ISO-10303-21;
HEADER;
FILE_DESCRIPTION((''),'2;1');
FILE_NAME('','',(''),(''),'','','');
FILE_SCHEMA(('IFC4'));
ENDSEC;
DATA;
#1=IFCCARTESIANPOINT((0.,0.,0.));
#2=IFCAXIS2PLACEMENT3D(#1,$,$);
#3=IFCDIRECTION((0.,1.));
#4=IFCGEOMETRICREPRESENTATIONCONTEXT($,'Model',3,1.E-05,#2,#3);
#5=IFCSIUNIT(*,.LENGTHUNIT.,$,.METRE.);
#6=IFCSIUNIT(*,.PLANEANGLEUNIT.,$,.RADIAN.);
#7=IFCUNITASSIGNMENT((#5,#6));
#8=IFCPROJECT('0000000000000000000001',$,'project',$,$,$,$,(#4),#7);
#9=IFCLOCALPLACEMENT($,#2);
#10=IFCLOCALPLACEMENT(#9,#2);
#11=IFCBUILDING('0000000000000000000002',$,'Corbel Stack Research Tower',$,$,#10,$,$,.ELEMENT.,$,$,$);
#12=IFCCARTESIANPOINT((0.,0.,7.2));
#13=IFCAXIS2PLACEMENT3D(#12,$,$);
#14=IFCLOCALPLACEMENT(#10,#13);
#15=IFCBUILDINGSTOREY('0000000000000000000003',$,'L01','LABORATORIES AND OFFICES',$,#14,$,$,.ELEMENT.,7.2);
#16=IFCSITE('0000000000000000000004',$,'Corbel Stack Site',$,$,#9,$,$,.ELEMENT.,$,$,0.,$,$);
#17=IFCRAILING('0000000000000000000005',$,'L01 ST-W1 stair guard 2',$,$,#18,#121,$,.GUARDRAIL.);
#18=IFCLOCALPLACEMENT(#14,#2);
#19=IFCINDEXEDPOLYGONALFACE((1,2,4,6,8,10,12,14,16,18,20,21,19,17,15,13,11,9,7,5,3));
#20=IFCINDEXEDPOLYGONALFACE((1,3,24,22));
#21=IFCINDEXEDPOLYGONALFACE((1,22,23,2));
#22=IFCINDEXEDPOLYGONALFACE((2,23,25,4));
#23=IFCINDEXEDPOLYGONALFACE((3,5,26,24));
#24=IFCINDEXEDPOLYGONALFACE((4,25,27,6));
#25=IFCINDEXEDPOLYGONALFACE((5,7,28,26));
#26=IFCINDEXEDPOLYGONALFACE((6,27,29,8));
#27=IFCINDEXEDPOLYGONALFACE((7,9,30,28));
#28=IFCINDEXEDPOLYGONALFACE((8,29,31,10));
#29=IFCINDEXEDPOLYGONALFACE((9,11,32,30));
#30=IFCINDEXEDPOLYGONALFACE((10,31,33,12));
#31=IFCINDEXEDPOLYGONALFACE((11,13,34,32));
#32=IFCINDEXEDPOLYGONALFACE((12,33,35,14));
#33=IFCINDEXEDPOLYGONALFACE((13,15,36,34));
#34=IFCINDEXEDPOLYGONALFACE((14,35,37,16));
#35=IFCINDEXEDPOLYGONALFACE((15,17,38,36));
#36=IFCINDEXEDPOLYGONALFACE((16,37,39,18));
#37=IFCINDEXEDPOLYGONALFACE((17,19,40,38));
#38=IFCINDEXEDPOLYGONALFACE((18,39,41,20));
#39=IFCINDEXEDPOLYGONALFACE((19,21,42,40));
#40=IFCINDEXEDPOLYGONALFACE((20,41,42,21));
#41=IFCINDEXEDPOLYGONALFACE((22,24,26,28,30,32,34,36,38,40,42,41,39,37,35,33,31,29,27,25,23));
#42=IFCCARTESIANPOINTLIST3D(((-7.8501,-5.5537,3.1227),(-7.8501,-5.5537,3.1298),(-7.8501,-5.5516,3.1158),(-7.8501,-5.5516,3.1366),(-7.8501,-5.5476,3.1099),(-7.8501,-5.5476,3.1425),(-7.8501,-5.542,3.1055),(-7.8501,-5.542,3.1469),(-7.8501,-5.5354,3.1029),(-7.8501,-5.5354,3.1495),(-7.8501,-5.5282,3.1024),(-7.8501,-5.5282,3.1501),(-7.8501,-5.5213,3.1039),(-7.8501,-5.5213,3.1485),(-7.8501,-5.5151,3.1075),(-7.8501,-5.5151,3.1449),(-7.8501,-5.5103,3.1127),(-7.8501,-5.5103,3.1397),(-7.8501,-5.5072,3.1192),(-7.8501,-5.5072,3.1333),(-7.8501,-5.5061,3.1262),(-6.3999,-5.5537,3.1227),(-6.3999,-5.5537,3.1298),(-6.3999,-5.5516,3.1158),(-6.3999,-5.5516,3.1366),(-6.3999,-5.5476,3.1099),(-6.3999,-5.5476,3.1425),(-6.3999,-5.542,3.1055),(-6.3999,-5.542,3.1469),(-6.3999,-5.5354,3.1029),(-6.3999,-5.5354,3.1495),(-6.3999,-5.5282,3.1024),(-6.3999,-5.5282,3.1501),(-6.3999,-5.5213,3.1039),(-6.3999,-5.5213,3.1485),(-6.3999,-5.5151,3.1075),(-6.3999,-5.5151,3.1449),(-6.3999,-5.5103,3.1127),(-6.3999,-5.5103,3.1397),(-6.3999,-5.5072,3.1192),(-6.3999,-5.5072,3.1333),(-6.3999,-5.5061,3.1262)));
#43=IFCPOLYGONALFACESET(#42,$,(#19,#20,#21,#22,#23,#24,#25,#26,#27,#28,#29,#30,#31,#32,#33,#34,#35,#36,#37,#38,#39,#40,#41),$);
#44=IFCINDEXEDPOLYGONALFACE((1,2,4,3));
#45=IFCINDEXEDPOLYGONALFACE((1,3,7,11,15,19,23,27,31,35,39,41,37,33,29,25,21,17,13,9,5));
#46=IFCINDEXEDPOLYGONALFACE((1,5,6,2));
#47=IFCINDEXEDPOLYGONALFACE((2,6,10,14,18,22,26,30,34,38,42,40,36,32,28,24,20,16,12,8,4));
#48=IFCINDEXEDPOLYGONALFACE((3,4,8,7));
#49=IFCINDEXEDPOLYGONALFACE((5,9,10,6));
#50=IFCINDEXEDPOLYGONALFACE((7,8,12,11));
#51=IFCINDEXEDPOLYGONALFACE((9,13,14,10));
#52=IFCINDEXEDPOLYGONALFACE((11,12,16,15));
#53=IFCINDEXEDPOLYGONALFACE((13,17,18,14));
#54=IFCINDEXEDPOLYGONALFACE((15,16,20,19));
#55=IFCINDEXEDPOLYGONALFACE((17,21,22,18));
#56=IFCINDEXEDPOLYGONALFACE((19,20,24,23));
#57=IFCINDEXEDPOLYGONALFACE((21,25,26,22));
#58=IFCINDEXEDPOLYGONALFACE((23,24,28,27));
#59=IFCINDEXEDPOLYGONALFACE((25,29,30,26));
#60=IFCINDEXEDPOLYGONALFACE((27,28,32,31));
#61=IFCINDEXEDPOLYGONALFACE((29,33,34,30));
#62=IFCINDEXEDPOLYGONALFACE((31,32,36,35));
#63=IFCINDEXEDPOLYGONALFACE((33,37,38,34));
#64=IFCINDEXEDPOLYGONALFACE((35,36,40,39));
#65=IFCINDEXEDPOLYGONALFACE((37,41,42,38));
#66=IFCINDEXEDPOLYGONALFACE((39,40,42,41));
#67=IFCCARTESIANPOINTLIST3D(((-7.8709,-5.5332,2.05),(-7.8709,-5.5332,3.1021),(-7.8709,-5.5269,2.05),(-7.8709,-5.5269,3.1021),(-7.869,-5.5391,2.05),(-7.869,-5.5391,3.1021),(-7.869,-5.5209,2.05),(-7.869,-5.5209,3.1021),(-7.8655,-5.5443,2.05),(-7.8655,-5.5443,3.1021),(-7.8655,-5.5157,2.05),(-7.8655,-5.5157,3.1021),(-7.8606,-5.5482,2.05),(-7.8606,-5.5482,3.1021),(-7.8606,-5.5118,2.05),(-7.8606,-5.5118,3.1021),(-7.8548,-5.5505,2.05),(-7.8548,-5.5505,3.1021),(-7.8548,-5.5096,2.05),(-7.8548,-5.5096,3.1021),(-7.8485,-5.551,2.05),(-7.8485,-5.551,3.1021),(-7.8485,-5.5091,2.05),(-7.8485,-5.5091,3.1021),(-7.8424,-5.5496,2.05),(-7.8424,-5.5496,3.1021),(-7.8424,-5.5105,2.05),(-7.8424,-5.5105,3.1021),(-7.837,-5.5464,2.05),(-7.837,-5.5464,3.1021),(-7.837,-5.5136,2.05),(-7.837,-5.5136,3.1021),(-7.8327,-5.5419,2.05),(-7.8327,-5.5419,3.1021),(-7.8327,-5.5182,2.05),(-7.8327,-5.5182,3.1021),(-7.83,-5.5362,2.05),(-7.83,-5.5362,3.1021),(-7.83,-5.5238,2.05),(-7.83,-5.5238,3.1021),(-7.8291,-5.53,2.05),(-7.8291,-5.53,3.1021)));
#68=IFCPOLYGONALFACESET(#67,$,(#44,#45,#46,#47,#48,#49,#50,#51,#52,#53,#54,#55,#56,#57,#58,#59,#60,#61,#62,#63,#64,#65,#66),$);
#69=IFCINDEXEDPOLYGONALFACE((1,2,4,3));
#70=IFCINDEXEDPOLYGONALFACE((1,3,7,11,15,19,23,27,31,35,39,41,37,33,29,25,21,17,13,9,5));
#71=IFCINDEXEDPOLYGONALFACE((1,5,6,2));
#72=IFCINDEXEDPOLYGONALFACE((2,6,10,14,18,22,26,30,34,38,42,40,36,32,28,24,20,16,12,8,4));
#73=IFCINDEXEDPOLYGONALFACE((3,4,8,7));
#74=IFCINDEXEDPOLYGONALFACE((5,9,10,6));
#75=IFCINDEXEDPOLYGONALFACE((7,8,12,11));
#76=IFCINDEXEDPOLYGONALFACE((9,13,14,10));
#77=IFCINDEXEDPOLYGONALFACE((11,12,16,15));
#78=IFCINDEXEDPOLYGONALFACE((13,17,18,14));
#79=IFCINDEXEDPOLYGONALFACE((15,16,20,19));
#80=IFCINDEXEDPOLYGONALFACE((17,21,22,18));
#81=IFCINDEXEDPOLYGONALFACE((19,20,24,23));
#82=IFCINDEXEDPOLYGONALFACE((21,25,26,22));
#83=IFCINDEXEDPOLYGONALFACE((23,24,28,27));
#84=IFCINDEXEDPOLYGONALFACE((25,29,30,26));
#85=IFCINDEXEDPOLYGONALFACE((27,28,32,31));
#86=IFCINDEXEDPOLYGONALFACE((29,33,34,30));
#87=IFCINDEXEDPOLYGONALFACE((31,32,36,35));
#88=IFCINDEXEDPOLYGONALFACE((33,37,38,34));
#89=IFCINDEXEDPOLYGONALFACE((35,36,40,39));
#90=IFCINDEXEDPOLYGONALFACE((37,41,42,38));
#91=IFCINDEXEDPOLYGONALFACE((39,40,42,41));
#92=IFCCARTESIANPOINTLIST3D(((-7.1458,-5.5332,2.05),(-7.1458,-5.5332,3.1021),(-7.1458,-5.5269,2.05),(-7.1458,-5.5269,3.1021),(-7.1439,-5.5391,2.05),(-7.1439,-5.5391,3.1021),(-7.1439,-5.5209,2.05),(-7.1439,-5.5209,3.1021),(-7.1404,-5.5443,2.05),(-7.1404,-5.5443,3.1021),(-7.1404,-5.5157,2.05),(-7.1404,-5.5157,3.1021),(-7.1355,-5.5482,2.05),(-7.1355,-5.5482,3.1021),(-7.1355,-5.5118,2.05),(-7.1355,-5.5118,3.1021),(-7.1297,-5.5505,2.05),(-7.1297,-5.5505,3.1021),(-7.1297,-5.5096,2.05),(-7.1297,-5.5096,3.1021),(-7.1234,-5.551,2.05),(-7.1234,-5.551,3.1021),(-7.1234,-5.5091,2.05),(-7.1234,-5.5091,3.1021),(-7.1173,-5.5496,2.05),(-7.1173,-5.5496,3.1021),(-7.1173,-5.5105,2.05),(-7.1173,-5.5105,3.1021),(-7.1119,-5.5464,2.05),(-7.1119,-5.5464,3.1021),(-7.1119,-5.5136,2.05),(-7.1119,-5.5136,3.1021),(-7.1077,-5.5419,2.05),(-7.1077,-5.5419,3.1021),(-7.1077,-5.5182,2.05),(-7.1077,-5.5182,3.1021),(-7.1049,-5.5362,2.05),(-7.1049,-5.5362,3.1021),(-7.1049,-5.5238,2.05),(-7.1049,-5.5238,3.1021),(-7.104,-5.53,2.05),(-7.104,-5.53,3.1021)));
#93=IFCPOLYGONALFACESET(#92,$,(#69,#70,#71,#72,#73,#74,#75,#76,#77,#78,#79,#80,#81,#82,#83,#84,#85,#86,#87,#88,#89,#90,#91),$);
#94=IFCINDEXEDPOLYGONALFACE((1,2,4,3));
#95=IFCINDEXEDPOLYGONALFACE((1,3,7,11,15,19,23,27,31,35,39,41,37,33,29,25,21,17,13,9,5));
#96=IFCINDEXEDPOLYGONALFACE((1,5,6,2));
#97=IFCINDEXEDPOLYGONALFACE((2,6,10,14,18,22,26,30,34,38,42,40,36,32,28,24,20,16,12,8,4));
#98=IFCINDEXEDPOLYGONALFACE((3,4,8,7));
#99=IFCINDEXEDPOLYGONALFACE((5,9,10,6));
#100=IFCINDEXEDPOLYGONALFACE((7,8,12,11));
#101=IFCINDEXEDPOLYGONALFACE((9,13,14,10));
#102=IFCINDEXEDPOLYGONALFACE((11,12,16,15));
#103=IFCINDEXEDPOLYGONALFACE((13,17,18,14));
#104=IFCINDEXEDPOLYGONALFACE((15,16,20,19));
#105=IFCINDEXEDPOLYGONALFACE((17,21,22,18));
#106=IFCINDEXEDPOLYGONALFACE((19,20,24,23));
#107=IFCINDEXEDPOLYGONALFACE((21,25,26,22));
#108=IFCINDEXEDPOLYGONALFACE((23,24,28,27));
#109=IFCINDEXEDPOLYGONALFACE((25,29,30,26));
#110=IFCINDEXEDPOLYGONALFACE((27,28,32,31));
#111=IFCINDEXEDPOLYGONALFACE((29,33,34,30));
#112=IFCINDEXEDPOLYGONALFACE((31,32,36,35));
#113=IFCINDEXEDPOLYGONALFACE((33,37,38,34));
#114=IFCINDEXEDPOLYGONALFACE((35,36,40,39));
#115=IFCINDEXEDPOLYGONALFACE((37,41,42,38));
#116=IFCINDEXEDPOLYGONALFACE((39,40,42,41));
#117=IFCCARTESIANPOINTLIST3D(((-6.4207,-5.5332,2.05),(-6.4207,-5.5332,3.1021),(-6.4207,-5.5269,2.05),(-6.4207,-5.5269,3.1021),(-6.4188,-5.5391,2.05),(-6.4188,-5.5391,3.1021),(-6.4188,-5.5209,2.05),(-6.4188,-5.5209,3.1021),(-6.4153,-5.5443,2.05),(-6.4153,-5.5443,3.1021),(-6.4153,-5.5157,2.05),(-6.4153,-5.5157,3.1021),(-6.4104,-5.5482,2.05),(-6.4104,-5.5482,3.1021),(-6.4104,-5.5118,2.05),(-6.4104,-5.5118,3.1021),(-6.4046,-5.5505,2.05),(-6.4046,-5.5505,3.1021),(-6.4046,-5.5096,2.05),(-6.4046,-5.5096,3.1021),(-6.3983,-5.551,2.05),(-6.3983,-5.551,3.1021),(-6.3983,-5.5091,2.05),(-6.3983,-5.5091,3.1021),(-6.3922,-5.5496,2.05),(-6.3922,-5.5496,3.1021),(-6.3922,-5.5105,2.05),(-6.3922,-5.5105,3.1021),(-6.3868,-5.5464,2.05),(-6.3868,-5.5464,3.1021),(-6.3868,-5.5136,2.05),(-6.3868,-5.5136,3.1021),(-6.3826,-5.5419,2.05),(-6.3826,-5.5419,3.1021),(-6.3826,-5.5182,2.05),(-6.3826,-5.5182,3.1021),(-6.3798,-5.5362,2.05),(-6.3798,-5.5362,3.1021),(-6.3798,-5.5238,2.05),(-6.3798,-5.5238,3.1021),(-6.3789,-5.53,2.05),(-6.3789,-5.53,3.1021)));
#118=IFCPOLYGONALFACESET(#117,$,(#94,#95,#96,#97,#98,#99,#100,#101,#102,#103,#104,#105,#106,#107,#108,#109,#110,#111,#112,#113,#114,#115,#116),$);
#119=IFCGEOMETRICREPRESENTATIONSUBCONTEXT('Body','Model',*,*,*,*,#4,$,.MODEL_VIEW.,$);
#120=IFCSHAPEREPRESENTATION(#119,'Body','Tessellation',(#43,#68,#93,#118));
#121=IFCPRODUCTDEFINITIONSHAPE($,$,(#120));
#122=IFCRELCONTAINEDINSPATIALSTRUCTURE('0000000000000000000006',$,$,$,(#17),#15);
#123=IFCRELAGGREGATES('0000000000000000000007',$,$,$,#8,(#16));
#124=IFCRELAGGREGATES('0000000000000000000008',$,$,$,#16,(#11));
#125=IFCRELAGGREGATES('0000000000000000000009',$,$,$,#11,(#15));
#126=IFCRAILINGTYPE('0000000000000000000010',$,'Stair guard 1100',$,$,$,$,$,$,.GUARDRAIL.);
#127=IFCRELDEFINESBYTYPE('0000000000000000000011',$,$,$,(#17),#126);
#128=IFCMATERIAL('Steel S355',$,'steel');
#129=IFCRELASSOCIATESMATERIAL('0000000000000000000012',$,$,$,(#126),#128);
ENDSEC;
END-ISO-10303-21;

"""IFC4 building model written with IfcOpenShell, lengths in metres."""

from ifc_helpers import new_model, si_unit, direction, frame, origin, origin_2d, place, context, subcontext, project, spatial, circle, extrude, material, type_object, element, save


model = new_model("IFC4")

# Units and contexts
model_context = context("Model", 3, precision=1e-05, world=origin(), true_north=direction((0.0, 1.0)))
body_context = subcontext(model_context, "Body", "Model", "MODEL_VIEW")
ifc_project = project(units=[si_unit("LENGTHUNIT", "METRE"), si_unit("PLANEANGLEUNIT", "RADIAN")], contexts=[model_context])

# Site, building, storey
site_placement = place(None, origin())
site = spatial("IfcSite", under=ifc_project, at=site_placement, Name="Corbel Stack Site", CompositionType="ELEMENT", RefElevation=0.0)
building_placement = place(site_placement, origin())
building = spatial("IfcBuilding", under=site, at=building_placement, Name="Corbel Stack Research Tower", CompositionType="ELEMENT")
storey_placement = place(building_placement, frame((0.0, 0.0, 7.2)))
storey = spatial("IfcBuildingStorey", under=building, at=storey_placement, Name="L01", Description="LABORATORIES AND OFFICES", CompositionType="ELEMENT", Elevation=7.2)

# Railing
ifc_material_1 = material(Name="Steel S355", Category="steel")
railing_type_1 = type_object("IfcRailingType", Name="Stair guard 1100", PredefinedType="GUARDRAIL", material=ifc_material_1)
railing_1_placement = place(storey_placement, frame((-7.8501, -5.53, 2.05)))
element("IfcRailing", 1, at=railing_1_placement, inside=storey, type_object=railing_type_1, Name="L01 ST-W1 stair guard 2", PredefinedType="GUARDRAIL", context=body_context, shape_type="SweptSolid", body=[
    extrude(circle(Radius=0.0239, at=origin_2d()), frame((0.0, 0.0, 1.0762), z_axis=(1.0, 0.0, 0.0), x_axis=(0.0, 1.0, 0.0)), (0.0, 0.0, 1.0), 1.4502),
    extrude(circle(Radius=0.021, at=origin_2d()), origin(), (0.0, 0.0, 1.0), 1.052),
    extrude(circle(Radius=0.021, at=origin_2d()), frame((0.7251, 0.0, 0.0)), (0.0, 0.0, 1.0), 1.052),
    extrude(circle(Radius=0.021, at=origin_2d()), frame((1.4502, 0.0, 0.0)), (0.0, 0.0, 1.0), 1.052),
])

save(model, "model.ifc")
